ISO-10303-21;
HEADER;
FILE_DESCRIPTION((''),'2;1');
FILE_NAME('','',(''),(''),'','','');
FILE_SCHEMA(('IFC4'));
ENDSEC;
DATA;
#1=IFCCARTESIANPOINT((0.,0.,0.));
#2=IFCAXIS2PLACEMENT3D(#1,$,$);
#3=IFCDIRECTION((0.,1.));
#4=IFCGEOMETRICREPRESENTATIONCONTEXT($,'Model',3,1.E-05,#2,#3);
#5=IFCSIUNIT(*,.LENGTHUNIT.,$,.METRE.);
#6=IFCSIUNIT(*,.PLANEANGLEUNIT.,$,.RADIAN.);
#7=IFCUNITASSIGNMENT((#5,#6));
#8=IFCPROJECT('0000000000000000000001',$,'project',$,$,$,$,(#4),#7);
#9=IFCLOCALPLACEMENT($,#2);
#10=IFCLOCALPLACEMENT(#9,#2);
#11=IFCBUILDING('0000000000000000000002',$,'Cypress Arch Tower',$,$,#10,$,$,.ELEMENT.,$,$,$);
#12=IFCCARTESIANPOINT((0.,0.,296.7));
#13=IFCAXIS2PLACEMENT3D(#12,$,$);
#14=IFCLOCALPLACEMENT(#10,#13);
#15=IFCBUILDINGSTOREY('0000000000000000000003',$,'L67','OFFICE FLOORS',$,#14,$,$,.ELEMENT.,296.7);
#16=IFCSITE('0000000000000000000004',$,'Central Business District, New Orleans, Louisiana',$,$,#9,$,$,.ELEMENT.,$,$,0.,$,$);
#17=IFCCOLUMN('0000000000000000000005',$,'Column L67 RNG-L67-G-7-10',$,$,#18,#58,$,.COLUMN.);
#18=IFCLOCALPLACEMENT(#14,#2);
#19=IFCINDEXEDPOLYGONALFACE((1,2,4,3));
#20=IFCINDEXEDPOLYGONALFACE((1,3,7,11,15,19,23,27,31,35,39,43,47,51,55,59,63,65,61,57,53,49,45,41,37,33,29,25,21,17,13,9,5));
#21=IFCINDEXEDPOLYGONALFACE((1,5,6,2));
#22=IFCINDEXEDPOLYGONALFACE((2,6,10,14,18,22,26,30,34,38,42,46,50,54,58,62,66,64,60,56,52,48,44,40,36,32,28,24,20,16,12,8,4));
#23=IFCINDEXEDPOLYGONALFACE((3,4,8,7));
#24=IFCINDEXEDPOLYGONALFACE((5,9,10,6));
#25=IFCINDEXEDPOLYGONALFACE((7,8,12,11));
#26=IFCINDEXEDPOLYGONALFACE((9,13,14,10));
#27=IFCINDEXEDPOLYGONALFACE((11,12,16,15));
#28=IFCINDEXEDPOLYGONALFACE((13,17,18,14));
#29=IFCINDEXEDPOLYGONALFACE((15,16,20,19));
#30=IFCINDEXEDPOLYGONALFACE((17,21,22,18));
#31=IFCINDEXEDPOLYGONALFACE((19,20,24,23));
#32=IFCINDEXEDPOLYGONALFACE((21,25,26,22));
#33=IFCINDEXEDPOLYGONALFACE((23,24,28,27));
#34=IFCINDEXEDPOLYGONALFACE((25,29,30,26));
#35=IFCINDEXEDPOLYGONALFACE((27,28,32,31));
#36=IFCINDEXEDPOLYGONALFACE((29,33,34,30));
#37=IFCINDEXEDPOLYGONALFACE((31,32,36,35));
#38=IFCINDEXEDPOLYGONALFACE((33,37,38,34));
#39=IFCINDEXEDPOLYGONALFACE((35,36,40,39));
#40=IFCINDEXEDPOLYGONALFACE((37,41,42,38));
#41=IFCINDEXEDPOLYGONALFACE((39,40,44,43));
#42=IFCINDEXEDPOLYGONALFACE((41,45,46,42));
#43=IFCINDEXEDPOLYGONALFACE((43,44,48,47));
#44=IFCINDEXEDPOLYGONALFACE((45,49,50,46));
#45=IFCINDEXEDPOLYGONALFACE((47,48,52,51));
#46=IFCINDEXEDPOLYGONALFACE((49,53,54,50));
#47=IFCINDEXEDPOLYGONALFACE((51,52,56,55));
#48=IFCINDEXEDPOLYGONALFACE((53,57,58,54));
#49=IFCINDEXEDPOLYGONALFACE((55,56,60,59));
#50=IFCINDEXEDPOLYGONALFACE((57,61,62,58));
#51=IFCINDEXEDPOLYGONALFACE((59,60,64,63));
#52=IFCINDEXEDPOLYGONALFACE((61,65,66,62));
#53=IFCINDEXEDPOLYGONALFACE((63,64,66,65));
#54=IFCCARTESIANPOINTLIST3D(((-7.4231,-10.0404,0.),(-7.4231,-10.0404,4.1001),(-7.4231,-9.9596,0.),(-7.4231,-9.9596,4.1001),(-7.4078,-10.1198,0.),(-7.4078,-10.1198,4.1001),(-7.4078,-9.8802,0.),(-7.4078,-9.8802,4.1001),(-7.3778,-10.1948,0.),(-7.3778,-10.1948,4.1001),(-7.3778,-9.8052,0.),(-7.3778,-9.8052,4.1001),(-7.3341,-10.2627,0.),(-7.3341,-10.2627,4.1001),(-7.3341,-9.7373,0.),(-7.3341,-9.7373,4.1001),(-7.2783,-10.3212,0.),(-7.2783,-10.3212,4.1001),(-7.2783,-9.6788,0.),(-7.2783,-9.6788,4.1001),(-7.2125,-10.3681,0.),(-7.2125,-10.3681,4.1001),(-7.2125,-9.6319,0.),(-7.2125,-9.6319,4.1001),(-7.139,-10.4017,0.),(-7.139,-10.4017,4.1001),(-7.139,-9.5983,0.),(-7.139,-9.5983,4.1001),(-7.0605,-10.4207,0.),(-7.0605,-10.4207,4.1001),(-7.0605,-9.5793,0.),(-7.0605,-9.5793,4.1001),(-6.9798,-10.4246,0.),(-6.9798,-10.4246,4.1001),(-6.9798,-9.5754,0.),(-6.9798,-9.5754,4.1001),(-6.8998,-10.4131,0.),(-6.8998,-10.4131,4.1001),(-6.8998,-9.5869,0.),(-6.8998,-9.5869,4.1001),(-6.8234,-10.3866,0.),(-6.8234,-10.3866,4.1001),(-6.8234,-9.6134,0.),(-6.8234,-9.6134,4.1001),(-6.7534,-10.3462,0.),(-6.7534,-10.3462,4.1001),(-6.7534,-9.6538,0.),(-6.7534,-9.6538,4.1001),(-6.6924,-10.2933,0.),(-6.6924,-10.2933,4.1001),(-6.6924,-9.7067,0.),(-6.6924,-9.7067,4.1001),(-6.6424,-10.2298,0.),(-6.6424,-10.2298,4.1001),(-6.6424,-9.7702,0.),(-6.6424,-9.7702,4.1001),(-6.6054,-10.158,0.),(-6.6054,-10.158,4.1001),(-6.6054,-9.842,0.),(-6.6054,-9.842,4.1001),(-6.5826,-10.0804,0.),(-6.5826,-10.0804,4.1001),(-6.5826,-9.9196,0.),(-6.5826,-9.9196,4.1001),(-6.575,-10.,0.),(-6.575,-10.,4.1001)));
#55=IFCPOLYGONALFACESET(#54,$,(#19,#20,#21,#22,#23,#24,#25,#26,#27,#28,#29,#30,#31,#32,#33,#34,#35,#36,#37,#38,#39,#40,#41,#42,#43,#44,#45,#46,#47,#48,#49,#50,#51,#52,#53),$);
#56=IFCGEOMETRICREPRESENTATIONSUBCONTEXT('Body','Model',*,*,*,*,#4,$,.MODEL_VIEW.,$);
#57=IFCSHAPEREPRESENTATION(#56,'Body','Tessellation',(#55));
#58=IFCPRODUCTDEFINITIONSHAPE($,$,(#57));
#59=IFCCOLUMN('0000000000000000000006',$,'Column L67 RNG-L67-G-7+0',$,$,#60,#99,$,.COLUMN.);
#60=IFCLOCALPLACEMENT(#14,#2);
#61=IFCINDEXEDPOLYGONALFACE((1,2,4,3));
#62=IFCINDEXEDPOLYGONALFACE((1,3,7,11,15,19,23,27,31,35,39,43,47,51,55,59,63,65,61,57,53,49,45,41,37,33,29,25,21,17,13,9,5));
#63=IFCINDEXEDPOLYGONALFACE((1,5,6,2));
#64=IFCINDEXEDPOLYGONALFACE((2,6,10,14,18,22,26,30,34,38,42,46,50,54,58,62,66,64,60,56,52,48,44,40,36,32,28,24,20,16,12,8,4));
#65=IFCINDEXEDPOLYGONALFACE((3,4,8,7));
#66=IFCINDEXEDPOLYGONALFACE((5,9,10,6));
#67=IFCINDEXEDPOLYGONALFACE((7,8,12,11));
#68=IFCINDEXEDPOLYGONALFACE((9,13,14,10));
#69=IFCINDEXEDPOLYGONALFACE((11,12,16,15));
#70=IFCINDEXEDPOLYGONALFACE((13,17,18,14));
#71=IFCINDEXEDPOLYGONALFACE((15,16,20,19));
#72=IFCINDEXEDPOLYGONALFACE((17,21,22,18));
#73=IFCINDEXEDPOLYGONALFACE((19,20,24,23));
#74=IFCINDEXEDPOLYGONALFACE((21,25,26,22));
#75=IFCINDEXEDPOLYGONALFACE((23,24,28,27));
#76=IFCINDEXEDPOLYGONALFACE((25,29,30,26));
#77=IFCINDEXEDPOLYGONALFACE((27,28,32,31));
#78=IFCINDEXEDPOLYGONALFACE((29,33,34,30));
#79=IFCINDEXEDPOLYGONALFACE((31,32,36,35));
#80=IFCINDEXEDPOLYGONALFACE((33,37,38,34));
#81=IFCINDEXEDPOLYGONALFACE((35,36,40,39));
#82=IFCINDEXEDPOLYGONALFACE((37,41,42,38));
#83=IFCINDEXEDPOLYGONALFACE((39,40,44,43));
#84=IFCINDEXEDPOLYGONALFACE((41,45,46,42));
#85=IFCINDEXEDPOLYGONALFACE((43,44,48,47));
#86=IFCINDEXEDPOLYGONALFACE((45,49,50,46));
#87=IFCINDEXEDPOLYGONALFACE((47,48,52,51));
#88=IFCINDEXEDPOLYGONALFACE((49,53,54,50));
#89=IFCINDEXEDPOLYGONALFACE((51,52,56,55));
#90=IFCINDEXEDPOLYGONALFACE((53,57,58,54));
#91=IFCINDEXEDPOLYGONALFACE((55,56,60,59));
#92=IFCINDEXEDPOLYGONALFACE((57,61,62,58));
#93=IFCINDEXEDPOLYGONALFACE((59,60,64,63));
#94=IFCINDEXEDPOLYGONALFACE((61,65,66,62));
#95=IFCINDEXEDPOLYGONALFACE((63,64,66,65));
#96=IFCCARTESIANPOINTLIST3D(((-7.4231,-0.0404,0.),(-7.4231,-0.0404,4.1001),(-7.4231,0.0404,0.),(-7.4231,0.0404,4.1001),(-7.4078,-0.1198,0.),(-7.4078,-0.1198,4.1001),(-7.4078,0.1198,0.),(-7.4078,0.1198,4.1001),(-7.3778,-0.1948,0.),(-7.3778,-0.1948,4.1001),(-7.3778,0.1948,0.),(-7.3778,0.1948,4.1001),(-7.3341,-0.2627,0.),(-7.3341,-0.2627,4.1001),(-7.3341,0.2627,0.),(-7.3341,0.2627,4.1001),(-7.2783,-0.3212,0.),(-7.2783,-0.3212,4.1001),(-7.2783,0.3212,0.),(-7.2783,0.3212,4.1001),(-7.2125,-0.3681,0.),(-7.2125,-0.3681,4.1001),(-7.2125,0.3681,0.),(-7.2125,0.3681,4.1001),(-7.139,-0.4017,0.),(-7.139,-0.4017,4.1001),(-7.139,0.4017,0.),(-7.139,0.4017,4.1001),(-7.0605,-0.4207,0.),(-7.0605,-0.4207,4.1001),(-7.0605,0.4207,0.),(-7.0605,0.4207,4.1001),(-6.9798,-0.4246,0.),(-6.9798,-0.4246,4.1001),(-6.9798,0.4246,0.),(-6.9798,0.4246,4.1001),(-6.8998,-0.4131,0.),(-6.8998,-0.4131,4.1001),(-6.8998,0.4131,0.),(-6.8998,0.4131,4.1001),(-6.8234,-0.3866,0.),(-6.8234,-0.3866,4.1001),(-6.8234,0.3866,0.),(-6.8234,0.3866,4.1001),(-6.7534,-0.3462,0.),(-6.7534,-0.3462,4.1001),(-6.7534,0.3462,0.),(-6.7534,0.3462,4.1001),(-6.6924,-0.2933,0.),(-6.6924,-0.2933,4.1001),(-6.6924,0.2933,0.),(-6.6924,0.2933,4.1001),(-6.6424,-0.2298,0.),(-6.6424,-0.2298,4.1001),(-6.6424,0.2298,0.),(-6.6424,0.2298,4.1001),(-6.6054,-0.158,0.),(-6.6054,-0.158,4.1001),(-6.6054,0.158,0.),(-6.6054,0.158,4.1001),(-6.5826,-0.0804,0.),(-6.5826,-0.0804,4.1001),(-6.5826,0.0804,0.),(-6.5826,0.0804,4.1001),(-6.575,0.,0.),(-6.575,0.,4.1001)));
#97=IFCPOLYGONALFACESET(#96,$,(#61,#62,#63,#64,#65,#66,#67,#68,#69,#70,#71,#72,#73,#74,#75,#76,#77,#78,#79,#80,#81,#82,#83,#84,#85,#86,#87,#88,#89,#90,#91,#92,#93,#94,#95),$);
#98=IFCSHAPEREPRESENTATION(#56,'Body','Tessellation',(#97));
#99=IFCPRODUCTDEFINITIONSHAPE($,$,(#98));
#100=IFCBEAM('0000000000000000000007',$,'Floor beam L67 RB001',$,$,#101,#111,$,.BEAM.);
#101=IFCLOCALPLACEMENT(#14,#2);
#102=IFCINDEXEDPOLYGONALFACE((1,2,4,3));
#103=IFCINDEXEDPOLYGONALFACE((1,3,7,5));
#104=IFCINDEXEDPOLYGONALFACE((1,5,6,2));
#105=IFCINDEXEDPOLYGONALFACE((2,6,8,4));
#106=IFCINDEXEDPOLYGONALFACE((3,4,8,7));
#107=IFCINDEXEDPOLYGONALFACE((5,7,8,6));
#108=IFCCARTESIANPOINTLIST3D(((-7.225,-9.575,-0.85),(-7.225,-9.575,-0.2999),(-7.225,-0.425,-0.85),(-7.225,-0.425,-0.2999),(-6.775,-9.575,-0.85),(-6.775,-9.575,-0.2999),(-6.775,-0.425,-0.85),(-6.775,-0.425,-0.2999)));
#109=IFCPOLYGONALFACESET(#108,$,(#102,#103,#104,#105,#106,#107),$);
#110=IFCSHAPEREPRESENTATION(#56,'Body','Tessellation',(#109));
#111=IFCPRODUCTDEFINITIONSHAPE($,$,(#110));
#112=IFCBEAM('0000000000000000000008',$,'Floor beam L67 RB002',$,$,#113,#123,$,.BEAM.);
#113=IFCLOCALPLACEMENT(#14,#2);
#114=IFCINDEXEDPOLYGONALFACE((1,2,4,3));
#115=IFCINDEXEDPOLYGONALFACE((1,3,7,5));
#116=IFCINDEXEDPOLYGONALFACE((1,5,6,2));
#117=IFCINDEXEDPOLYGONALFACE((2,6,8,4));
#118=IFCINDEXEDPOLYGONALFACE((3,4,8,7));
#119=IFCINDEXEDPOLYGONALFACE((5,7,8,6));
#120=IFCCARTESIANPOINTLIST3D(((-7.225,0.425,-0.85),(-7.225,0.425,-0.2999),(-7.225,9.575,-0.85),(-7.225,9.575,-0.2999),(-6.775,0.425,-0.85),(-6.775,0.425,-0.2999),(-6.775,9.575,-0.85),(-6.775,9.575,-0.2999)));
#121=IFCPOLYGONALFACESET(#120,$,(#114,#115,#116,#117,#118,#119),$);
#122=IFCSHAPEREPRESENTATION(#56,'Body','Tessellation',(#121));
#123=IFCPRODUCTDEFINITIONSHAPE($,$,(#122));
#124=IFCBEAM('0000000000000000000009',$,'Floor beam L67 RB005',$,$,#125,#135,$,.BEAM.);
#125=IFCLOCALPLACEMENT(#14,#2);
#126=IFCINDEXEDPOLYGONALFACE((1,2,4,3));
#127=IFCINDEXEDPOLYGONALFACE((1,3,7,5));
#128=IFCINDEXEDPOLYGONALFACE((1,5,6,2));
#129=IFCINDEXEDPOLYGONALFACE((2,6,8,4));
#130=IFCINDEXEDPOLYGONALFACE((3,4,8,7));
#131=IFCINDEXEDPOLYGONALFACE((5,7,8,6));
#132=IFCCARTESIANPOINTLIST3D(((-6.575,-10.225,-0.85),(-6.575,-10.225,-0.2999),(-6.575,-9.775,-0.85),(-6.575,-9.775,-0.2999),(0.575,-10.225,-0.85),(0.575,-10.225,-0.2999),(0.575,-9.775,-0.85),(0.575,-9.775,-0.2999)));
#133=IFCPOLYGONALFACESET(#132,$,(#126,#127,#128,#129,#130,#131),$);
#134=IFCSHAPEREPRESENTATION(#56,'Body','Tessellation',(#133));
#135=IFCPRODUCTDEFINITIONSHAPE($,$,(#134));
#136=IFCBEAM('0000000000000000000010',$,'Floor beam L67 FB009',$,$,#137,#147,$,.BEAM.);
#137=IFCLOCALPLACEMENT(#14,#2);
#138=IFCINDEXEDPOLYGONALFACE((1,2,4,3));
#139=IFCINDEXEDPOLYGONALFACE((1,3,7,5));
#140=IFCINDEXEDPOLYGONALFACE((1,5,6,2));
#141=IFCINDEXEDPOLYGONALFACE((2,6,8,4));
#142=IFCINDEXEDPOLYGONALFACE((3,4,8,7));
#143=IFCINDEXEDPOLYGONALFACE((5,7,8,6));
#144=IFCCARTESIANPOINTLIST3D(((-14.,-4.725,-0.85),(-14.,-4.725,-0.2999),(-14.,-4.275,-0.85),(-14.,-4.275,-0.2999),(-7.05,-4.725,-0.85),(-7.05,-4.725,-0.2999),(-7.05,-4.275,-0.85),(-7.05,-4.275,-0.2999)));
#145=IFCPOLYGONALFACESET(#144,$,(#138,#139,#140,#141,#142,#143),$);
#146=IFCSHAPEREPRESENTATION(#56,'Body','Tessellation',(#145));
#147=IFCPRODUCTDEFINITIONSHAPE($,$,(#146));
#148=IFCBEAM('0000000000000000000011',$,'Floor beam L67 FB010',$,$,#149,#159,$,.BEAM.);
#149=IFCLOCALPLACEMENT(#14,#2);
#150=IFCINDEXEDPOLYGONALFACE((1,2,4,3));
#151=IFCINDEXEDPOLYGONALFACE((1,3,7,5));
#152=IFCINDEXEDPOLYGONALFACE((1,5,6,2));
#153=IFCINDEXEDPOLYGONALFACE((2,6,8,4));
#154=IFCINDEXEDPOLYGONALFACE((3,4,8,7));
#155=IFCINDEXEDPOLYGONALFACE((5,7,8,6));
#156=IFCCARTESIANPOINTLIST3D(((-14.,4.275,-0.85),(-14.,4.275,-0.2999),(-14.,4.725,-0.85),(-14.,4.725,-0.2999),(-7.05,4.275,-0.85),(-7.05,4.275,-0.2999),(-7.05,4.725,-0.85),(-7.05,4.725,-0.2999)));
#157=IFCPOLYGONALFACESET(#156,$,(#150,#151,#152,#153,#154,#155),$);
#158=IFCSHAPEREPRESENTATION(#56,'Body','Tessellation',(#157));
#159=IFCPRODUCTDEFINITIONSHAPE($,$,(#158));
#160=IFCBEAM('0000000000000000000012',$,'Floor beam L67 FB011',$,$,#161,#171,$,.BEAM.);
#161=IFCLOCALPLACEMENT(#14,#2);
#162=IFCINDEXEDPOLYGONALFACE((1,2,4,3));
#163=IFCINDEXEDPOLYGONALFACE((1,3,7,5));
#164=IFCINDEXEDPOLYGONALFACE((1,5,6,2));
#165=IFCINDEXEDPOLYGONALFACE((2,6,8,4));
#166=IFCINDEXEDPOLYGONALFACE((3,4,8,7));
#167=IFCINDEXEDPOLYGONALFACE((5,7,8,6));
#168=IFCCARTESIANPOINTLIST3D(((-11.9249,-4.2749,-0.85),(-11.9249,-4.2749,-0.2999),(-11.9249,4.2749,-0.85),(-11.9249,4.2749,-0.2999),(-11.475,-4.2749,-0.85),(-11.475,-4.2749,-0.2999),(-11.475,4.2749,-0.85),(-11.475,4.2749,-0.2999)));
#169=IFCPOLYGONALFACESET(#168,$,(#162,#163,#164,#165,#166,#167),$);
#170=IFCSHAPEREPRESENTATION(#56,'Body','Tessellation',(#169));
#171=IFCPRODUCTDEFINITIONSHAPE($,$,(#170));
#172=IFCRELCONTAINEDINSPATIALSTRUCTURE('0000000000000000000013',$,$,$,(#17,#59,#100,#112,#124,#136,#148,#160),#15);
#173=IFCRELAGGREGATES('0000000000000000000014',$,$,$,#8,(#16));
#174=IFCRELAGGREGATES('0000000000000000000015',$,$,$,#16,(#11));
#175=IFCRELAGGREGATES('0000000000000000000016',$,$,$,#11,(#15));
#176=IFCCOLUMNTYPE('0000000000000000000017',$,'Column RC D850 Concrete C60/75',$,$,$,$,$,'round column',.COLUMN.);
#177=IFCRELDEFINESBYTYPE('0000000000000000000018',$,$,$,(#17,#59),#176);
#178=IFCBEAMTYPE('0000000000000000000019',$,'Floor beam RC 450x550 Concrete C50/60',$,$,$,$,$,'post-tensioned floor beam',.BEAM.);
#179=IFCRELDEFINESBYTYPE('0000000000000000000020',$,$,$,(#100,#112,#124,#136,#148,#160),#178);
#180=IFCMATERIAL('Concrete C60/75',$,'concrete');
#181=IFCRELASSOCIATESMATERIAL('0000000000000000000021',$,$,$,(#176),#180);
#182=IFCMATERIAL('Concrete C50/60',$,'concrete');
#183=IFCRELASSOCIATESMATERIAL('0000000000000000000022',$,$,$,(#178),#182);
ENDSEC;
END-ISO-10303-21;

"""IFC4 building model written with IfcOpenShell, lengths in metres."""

from ifc_helpers import new_model, si_unit, direction, frame, origin, origin_2d, place, context, subcontext, project, spatial, rectangle, circle, extrude, material, material_profile, profile_set, type_object, element, save


model = new_model("IFC4")

# Units and contexts
model_context = context("Model", 3, precision=1e-05, world=origin(), true_north=direction((0.0, 1.0)))
body_context = subcontext(model_context, "Body", "Model", "MODEL_VIEW")
ifc_project = project(units=[si_unit("LENGTHUNIT", "METRE"), si_unit("PLANEANGLEUNIT", "RADIAN")], contexts=[model_context])

# Site, building, storey
site_placement = place(None, origin())
site = spatial("IfcSite", under=ifc_project, at=site_placement, Name="Central Business District, New Orleans, Louisiana", CompositionType="ELEMENT", RefElevation=0.0)
building_placement = place(site_placement, origin())
building = spatial("IfcBuilding", under=site, at=building_placement, Name="Cypress Arch Tower", CompositionType="ELEMENT")
storey_placement = place(building_placement, frame((0.0, 0.0, 296.7)))
storey = spatial("IfcBuildingStorey", under=building, at=storey_placement, Name="L67", Description="OFFICE FLOORS", CompositionType="ELEMENT", Elevation=296.7)

# Columns
ifc_material_1 = material(Name="Concrete C60/75", Category="concrete")
ifc_material_profile_1 = material_profile(ifc_material_1, circle(Radius=0.425, at=origin_2d()), Name="RC D850")
ifc_profile_set_1 = profile_set([ifc_material_profile_1], Name="Concrete C60/75")
column_type = type_object("IfcColumnType", Name="Column RC D850 Concrete C60/75", ElementType="round column", PredefinedType="COLUMN", material=ifc_profile_set_1)
for number, where, z_axis, x_axis, name in (
    (1, (-7.0, -10.0, 0.0), (0.0, 0.0, 1.0), (1.0, 0.0, 0.0), "Column L67 RNG-L67-G-7-10"),
    (2, (-7.0, 0.0, 0.0), (0.0, 0.0, 1.0), (1.0, 0.0, 0.0), "Column L67 RNG-L67-G-7+0"),
):
    element("IfcColumn", number, at=place(storey_placement, frame(where, z_axis=z_axis, x_axis=x_axis)), inside=storey, type_object=column_type, Name=name, PredefinedType="COLUMN", context=body_context, shape_type="SweptSolid", body=[
        extrude(circle(Radius=0.425, at=origin_2d()), origin(), (0.0, 0.0, 1.0), 4.1001),
    ])

# Beams
ifc_material_2 = material(Name="Concrete C50/60", Category="concrete")
ifc_material_profile_2 = material_profile(ifc_material_2, rectangle(XDim=0.45, YDim=0.55, at=origin_2d()), Name="RC 450x550")
ifc_profile_set_2 = profile_set([ifc_material_profile_2], Name="Concrete C50/60")
beam_type = type_object("IfcBeamType", Name="Floor beam RC 450x550 Concrete C50/60", ElementType="post-tensioned floor beam", PredefinedType="BEAM", material=ifc_profile_set_2)
for number, where, z_axis, x_axis, name in (
    (3, (-7.0, -9.575, -0.575), (0.0, 1.0, 0.0), (-1.0, 0.0, 0.0), "Floor beam L67 RB001"),
    (4, (-7.0, 0.425, -0.575), (0.0, 1.0, 0.0), (-1.0, 0.0, 0.0), "Floor beam L67 RB002"),
):
    element("IfcBeam", number, at=place(storey_placement, frame(where, z_axis=z_axis, x_axis=x_axis)), inside=storey, type_object=beam_type, Name=name, PredefinedType="BEAM", context=body_context, shape_type="SweptSolid", body=[
        extrude(rectangle(XDim=0.45, YDim=0.55, at=origin_2d()), origin(), (0.0, 0.0, 1.0), 9.1499),
    ])
beam_1_placement = place(storey_placement, frame((-6.575, -10.0, -0.575), z_axis=(1.0, 0.0, 0.0), x_axis=(0.0, 1.0, 0.0)))
element("IfcBeam", 5, at=beam_1_placement, inside=storey, type_object=beam_type, Name="Floor beam L67 RB005", PredefinedType="BEAM", context=body_context, shape_type="SweptSolid", body=[
    extrude(rectangle(XDim=0.45, YDim=0.55, at=origin_2d()), origin(), (0.0, 0.0, 1.0), 7.1499),
])
for number, where, z_axis, x_axis, name in (
    (6, (-14.0, -4.5, -0.575), (1.0, 0.0, 0.0), (0.0, 1.0, 0.0), "Floor beam L67 FB009"),
    (7, (-14.0, 4.5, -0.575), (1.0, 0.0, 0.0), (0.0, 1.0, 0.0), "Floor beam L67 FB010"),
):
    element("IfcBeam", number, at=place(storey_placement, frame(where, z_axis=z_axis, x_axis=x_axis)), inside=storey, type_object=beam_type, Name=name, PredefinedType="BEAM", context=body_context, shape_type="SweptSolid", body=[
        extrude(rectangle(XDim=0.45, YDim=0.55, at=origin_2d()), origin(), (0.0, 0.0, 1.0), 6.95),
    ])
beam_2_placement = place(storey_placement, frame((-11.7, -4.2749, -0.575), z_axis=(0.0, 1.0, 0.0), x_axis=(-1.0, 0.0, 0.0)))
element("IfcBeam", 8, at=beam_2_placement, inside=storey, type_object=beam_type, Name="Floor beam L67 FB011", PredefinedType="BEAM", context=body_context, shape_type="SweptSolid", body=[
    extrude(rectangle(XDim=0.45, YDim=0.55, at=origin_2d()), origin(), (0.0, 0.0, 1.0), 8.5498),
])

save(model, "model.ifc")
